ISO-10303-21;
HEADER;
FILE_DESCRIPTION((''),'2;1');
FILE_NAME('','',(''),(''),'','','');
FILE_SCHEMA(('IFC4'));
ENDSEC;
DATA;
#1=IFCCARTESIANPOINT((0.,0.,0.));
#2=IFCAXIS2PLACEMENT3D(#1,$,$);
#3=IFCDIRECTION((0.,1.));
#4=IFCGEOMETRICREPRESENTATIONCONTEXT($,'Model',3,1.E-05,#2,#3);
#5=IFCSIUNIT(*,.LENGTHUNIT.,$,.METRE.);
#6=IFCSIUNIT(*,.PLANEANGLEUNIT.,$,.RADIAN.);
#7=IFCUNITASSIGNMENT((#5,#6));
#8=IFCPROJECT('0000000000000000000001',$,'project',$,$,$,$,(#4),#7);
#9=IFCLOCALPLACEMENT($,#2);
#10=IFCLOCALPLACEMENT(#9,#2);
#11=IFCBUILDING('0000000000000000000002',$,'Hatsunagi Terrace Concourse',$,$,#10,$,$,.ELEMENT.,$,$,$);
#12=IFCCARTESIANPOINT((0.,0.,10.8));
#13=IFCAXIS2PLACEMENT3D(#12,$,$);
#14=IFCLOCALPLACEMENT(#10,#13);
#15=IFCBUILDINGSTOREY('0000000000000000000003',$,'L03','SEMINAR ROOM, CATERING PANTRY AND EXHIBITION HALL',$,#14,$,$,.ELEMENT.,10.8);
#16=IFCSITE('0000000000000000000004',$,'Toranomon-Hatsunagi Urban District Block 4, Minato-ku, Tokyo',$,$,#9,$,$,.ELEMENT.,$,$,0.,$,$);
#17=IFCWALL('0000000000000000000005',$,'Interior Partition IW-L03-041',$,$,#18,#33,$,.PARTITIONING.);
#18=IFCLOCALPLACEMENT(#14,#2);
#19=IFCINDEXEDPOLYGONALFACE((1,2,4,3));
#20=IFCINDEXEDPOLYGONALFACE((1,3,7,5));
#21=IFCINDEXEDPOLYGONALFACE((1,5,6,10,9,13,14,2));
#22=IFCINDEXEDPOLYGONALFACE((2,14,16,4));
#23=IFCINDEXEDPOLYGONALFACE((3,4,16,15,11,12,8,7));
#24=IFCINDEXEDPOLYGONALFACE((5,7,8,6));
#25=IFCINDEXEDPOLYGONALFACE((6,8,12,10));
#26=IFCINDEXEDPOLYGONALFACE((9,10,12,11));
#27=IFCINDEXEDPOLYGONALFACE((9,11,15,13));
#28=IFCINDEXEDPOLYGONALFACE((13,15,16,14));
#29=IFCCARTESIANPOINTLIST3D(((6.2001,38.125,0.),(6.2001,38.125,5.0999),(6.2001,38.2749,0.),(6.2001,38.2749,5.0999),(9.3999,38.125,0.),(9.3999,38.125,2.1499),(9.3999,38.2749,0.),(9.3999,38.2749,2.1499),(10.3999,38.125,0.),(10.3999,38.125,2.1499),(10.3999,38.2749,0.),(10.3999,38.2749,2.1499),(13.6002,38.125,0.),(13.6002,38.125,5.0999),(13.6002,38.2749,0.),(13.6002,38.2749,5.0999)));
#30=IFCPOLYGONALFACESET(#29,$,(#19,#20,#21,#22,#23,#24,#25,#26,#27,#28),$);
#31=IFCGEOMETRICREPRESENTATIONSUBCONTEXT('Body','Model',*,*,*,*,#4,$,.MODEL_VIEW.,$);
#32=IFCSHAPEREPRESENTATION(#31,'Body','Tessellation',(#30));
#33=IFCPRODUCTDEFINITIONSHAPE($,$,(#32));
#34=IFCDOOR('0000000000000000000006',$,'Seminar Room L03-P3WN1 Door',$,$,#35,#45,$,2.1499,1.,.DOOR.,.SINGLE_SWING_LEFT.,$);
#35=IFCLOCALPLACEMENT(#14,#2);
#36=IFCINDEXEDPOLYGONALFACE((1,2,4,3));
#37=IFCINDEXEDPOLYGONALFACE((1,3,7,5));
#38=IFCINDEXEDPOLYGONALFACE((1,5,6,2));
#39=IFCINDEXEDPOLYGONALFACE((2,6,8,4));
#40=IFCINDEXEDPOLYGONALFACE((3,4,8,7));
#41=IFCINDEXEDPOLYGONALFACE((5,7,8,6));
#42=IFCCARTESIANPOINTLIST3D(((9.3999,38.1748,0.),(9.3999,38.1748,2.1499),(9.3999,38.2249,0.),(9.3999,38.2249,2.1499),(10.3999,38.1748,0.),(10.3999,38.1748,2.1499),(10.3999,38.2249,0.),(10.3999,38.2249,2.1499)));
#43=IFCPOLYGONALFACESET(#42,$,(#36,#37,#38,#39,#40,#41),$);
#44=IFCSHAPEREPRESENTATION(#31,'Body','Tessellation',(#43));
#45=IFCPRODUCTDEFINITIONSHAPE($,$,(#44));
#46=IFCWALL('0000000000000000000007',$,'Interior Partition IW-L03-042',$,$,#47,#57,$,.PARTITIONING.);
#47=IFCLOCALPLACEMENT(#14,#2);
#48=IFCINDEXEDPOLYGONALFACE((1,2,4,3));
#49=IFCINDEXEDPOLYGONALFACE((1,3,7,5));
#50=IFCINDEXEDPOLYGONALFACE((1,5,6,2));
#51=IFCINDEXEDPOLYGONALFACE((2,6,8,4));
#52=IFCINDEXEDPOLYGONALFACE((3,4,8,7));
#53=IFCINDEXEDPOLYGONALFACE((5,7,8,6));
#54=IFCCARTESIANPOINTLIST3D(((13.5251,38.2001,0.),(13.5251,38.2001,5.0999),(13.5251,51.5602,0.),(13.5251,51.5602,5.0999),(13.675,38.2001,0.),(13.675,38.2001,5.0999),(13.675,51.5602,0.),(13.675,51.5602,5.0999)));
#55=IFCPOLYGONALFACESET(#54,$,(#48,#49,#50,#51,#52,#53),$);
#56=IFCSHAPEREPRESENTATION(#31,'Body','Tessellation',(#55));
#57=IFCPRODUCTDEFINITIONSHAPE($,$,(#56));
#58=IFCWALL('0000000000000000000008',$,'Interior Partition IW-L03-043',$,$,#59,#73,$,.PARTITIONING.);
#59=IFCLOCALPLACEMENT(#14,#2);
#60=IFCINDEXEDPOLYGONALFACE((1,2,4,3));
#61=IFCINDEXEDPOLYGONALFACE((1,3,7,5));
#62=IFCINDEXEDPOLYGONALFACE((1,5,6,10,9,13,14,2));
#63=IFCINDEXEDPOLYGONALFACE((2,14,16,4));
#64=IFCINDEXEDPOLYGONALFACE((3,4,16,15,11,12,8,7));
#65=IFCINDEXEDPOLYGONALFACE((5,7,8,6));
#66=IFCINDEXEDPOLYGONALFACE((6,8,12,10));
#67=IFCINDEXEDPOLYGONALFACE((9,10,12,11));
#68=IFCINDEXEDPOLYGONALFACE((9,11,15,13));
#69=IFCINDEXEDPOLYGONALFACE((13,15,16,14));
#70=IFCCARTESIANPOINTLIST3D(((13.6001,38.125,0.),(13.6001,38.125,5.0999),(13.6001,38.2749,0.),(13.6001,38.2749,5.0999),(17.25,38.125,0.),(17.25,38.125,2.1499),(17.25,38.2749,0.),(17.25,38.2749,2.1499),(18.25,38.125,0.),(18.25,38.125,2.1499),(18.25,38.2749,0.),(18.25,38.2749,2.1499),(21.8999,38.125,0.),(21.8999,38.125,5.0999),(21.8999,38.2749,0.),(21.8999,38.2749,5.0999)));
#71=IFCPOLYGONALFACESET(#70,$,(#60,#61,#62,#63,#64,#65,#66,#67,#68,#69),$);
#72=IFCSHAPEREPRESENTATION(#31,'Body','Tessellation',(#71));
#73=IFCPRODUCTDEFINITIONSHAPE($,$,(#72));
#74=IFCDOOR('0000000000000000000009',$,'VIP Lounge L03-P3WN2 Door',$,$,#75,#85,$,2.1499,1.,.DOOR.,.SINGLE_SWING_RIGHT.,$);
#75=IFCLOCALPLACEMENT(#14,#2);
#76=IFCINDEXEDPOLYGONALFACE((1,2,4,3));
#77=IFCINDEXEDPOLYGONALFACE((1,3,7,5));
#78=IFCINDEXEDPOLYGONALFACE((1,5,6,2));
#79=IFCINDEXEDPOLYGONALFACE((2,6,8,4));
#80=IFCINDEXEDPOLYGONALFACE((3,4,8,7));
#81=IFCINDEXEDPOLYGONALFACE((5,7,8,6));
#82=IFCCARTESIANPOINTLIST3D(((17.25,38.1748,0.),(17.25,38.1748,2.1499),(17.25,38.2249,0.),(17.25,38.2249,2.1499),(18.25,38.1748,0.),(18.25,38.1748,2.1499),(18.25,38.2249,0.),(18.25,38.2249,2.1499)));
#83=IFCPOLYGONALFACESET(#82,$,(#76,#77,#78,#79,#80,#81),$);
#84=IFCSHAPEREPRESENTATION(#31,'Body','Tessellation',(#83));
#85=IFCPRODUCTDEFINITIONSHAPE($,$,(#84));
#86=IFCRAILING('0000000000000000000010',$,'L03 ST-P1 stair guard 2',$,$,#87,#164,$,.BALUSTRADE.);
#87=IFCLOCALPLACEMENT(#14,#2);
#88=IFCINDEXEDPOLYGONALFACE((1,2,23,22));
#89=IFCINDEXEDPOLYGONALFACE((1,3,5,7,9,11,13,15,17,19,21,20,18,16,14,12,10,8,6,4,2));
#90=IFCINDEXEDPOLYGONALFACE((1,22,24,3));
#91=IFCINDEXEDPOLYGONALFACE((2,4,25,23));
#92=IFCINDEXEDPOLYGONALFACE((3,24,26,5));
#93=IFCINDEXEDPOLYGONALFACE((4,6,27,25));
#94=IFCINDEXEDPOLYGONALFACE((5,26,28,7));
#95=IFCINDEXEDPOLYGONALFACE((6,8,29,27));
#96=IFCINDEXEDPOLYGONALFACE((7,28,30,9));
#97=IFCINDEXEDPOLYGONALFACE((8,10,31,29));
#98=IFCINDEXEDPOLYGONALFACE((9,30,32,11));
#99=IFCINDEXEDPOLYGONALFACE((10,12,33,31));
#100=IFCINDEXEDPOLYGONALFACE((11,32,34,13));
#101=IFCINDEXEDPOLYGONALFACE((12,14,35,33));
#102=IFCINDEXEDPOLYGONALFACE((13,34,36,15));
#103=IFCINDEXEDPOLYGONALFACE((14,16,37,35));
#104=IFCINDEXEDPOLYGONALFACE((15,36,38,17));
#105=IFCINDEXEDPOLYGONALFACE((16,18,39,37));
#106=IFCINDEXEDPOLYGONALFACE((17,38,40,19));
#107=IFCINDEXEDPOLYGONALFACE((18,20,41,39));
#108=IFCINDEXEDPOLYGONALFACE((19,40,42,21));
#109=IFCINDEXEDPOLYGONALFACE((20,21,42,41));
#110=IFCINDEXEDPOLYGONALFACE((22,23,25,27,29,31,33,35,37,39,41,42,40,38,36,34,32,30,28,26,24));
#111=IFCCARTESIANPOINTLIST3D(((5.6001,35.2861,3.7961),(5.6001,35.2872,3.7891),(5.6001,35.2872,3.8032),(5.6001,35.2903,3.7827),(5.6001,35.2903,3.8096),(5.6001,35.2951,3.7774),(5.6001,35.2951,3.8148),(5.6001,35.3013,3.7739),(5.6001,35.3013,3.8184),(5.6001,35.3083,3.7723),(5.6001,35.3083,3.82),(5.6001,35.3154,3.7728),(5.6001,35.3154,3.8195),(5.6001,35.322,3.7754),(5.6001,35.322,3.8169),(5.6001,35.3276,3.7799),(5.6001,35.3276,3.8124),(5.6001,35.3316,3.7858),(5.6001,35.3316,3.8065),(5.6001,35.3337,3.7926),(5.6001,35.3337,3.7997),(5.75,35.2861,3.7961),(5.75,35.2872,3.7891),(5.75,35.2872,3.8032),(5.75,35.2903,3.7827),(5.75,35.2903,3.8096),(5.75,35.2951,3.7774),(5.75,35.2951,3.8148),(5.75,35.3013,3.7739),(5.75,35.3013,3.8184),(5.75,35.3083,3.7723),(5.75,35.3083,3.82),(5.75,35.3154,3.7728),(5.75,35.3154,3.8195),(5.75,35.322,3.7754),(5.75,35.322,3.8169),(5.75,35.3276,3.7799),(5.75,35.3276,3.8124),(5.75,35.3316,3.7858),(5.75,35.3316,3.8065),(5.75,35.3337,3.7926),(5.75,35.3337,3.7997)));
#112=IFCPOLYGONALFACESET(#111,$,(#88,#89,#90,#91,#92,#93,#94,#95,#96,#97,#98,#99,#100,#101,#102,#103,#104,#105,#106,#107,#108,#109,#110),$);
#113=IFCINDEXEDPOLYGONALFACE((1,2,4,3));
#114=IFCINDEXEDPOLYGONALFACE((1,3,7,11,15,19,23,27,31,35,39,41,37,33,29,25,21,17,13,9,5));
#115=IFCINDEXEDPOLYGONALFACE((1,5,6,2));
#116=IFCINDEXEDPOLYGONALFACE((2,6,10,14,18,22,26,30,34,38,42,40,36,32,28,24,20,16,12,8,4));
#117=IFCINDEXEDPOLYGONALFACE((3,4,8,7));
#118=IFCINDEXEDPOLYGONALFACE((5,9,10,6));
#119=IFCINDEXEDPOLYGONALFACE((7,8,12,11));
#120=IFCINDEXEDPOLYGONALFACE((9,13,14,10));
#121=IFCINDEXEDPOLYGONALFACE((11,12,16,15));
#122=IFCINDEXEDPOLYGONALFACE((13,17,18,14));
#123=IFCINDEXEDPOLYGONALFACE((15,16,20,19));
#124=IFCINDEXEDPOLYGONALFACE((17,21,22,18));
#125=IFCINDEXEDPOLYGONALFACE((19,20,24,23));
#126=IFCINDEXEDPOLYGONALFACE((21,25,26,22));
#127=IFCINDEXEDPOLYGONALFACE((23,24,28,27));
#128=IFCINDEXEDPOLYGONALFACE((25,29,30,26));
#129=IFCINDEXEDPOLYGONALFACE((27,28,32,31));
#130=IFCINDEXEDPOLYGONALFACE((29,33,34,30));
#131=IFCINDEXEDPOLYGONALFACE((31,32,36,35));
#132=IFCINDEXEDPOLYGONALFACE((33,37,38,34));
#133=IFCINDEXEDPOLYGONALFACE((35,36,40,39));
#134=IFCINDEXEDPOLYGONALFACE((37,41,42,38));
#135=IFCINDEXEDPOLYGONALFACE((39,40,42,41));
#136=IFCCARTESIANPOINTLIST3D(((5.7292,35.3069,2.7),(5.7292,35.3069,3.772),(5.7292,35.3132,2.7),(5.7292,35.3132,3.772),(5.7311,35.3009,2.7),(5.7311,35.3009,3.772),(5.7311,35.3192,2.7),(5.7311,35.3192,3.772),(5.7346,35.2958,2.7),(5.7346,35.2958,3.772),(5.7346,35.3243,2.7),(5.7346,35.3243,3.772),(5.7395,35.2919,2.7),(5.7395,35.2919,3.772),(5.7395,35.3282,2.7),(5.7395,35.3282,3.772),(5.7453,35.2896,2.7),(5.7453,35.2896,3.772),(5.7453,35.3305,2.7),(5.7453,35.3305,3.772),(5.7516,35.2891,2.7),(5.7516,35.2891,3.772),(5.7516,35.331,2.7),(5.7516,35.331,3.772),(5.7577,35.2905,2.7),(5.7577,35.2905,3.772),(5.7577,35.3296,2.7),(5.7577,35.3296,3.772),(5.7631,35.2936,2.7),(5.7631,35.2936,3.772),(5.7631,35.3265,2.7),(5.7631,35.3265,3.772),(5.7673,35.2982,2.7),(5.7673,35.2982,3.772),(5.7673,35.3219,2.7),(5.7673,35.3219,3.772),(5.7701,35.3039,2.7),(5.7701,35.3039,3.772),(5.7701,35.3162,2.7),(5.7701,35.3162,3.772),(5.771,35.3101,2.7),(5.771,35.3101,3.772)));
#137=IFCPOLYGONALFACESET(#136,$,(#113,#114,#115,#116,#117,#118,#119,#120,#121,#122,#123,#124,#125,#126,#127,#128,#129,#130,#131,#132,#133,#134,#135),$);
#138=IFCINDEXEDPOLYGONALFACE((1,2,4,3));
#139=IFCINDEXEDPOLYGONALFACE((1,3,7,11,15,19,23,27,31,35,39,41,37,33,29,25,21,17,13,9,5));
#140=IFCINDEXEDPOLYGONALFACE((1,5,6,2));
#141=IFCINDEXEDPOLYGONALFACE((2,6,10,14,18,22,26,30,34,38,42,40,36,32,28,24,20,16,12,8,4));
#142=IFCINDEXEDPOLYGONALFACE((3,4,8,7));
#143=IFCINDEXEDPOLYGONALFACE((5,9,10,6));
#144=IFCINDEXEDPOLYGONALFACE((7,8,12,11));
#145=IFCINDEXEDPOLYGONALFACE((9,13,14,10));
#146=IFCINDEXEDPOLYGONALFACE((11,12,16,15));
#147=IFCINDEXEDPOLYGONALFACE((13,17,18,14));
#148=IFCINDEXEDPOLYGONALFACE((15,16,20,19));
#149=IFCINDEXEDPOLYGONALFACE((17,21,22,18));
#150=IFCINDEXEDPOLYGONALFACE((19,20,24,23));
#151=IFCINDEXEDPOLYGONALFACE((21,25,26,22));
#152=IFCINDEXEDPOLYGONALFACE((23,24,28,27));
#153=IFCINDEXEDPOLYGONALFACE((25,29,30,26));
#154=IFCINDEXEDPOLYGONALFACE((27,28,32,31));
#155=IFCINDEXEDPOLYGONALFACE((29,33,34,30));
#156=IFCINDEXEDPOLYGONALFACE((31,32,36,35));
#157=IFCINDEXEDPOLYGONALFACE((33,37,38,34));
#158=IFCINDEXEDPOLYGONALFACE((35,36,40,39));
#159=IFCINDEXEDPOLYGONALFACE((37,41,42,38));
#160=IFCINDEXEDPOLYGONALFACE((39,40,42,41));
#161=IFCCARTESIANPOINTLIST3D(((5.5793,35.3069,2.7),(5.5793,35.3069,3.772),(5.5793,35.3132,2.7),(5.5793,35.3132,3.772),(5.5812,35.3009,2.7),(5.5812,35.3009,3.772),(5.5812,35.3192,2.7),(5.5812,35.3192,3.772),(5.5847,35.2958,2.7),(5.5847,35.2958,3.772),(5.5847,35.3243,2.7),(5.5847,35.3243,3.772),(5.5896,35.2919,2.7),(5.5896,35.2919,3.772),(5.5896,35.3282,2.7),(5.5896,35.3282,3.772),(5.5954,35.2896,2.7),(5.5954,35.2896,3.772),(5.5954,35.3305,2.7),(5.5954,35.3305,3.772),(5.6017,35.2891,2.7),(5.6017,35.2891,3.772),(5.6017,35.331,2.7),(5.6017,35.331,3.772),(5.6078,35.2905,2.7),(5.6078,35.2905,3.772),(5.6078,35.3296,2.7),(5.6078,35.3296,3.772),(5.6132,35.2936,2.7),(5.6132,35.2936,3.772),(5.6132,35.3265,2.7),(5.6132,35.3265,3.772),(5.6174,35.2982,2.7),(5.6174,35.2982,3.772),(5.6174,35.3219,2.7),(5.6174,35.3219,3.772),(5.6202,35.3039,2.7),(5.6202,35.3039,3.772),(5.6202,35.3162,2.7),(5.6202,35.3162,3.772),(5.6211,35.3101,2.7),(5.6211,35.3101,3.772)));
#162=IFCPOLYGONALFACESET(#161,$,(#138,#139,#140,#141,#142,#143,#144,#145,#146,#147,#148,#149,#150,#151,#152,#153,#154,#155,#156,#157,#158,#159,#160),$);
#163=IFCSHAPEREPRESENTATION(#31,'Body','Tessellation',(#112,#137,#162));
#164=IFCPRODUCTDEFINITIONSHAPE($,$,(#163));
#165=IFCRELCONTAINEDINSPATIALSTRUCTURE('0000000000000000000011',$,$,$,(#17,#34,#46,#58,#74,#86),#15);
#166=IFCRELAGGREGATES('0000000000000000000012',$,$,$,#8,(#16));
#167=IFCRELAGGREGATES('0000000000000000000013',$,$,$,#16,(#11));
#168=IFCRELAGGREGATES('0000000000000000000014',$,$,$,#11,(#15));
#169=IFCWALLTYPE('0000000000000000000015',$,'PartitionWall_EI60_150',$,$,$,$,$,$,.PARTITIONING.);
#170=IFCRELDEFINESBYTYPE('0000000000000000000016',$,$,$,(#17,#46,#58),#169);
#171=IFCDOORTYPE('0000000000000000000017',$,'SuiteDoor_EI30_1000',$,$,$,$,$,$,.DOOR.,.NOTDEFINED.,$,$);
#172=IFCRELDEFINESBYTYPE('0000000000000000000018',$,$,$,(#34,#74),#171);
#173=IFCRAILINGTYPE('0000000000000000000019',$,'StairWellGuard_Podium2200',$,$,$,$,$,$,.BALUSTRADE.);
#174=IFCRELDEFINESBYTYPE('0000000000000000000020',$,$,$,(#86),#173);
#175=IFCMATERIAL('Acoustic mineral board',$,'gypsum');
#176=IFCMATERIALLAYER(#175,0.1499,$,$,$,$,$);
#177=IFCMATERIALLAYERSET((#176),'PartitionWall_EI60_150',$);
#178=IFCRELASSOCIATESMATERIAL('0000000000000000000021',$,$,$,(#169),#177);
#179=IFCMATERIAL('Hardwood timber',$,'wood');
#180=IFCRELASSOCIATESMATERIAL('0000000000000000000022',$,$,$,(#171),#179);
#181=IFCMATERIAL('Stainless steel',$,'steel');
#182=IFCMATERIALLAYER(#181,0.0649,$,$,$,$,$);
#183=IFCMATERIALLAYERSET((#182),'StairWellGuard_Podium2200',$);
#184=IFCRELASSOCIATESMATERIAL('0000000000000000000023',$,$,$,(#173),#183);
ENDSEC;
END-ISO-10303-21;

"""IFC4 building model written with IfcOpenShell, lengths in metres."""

from ifc_helpers import new_model, si_unit, direction, frame, frame_2d, origin, origin_2d, place, context, subcontext, project, spatial, rectangle, circle, extrude, material, layer, layer_set, type_object, element, fill, save


model = new_model("IFC4")

# Units and contexts
model_context = context("Model", 3, precision=1e-05, world=origin(), true_north=direction((0.0, 1.0)))
body_context = subcontext(model_context, "Body", "Model", "MODEL_VIEW")
ifc_project = project(units=[si_unit("LENGTHUNIT", "METRE"), si_unit("PLANEANGLEUNIT", "RADIAN")], contexts=[model_context])

# Site, building, storey
site_placement = place(None, origin())
site = spatial("IfcSite", under=ifc_project, at=site_placement, Name="Toranomon-Hatsunagi Urban District Block 4, Minato-ku, Tokyo", CompositionType="ELEMENT", RefElevation=0.0)
building_placement = place(site_placement, origin())
building = spatial("IfcBuilding", under=site, at=building_placement, Name="Hatsunagi Terrace Concourse", CompositionType="ELEMENT")
storey_placement = place(building_placement, frame((0.0, 0.0, 10.8)))
storey = spatial("IfcBuildingStorey", under=building, at=storey_placement, Name="L03", Description="SEMINAR ROOM, CATERING PANTRY AND EXHIBITION HALL", CompositionType="ELEMENT", Elevation=10.8)

# Shared definitions
ifc_material_1 = material(Name="Acoustic mineral board", Category="gypsum")
ifc_layer_1 = layer(ifc_material_1, 0.1499)
ifc_layer_set_1 = layer_set([ifc_layer_1], Name="PartitionWall_EI60_150")
wall_type_1 = type_object("IfcWallType", Name="PartitionWall_EI60_150", PredefinedType="PARTITIONING", material=ifc_layer_set_1)
ifc_material_2 = material(Name="Hardwood timber", Category="wood")
door_type = type_object("IfcDoorType", Name="SuiteDoor_EI30_1000", OperationType="NOTDEFINED", PredefinedType="DOOR", material=ifc_material_2)

# Wall, opening, door
wall_1_placement = place(storey_placement, frame((6.2, 38.2, 0.0), z_axis=(0.0, 0.0, 1.0), x_axis=(1.0, 0.0, 0.0)))
wall_1 = element("IfcWall", 1, at=wall_1_placement, inside=storey, type_object=wall_type_1, Name="Interior Partition IW-L03-041", PredefinedType="PARTITIONING", context=body_context, shape_type="SweptSolid", body=[
    extrude(rectangle(XDim=7.4001, YDim=0.1499, at=frame_2d((3.7002, 0.0))), origin(), (0.0, 0.0, 1.0), 5.0999),
])
opening_1_placement = place(wall_1_placement, frame((3.2, 0.0, 0.0)))
opening_1 = element("IfcOpeningElement", 2, at=opening_1_placement, cuts=wall_1, PredefinedType="OPENING", context=body_context, shape_type="SweptSolid", body=[
    extrude(rectangle(XDim=1.0, YDim=2.1499, at=frame_2d((0.5, 1.075))), frame((0.0, 0.085, 0.0), z_axis=(0.0, -1.0, 0.0), x_axis=(1.0, 0.0, 0.0)), (0.0, 0.0, 1.0), 0.1699),
])
door_1_placement = place(opening_1_placement, origin())
door_1 = element("IfcDoor", 3, at=door_1_placement, inside=storey, type_object=door_type, Name="Seminar Room L03-P3WN1 Door", OperationType="SINGLE_SWING_LEFT", OverallHeight=2.1499, OverallWidth=1.0, PredefinedType="DOOR", context=body_context, shape_type="SweptSolid", body=[
    extrude(rectangle(XDim=1.0, YDim=2.1499, at=frame_2d((0.5, 1.075))), frame((0.0, 0.0249, 0.0), z_axis=(0.0, -1.0, 0.0), x_axis=(1.0, 0.0, 0.0)), (0.0, 0.0, 1.0), 0.05),
])
fill(opening_1, door_1)

# Wall
wall_2_placement = place(storey_placement, frame((13.6001, 38.2, 0.0), z_axis=(0.0, 0.0, 1.0), x_axis=(0.0, 1.0, 0.0)))
element("IfcWall", 4, at=wall_2_placement, inside=storey, type_object=wall_type_1, Name="Interior Partition IW-L03-042", PredefinedType="PARTITIONING", context=body_context, shape_type="SweptSolid", body=[
    extrude(rectangle(XDim=13.3601, YDim=0.1499, at=frame_2d((6.6802, 0.0))), origin(), (0.0, 0.0, 1.0), 5.0999),
])

# Wall, opening, door
wall_3_placement = place(storey_placement, frame((13.6001, 38.2, 0.0), z_axis=(0.0, 0.0, 1.0), x_axis=(1.0, 0.0, 0.0)))
wall_3 = element("IfcWall", 5, at=wall_3_placement, inside=storey, type_object=wall_type_1, Name="Interior Partition IW-L03-043", PredefinedType="PARTITIONING", context=body_context, shape_type="SweptSolid", body=[
    extrude(rectangle(XDim=8.2998, YDim=0.1499, at=frame_2d((4.1499, 0.0))), origin(), (0.0, 0.0, 1.0), 5.0999),
])
opening_2_placement = place(wall_3_placement, frame((3.6499, 0.0, 0.0)))
opening_2 = element("IfcOpeningElement", 6, at=opening_2_placement, cuts=wall_3, PredefinedType="OPENING", context=body_context, shape_type="SweptSolid", body=[
    extrude(rectangle(XDim=1.0, YDim=2.1499, at=frame_2d((0.5, 1.075))), frame((0.0, 0.085, 0.0), z_axis=(0.0, -1.0, 0.0), x_axis=(1.0, 0.0, 0.0)), (0.0, 0.0, 1.0), 0.1699),
])
door_2_placement = place(opening_2_placement, origin())
door_2 = element("IfcDoor", 7, at=door_2_placement, inside=storey, type_object=door_type, Name="VIP Lounge L03-P3WN2 Door", OperationType="SINGLE_SWING_RIGHT", OverallHeight=2.1499, OverallWidth=1.0, PredefinedType="DOOR", context=body_context, shape_type="SweptSolid", body=[
    extrude(rectangle(XDim=1.0, YDim=2.1499, at=frame_2d((0.5, 1.075))), frame((0.0, 0.0249, 0.0), z_axis=(0.0, -1.0, 0.0), x_axis=(1.0, 0.0, 0.0)), (0.0, 0.0, 1.0), 0.05),
])
fill(opening_2, door_2)

# Railing
ifc_material_3 = material(Name="Stainless steel", Category="steel")
ifc_layer_2 = layer(ifc_material_3, 0.0649)
ifc_layer_set_2 = layer_set([ifc_layer_2], Name="StairWellGuard_Podium2200")
railing_type = type_object("IfcRailingType", Name="StairWellGuard_Podium2200", PredefinedType="BALUSTRADE", material=ifc_layer_set_2)
railing_placement = place(storey_placement, frame((5.75, 35.3101, 2.7)))
element("IfcRailing", 8, at=railing_placement, inside=storey, type_object=railing_type, Name="L03 ST-P1 stair guard 2", PredefinedType="BALUSTRADE", context=body_context, shape_type="SweptSolid", body=[
    extrude(circle(Radius=0.0239, at=origin_2d()), frame((0.0, 0.0, 1.0962), z_axis=(-1.0, 0.0, 0.0), x_axis=(0.0, -1.0, 0.0)), (0.0, 0.0, 1.0), 0.1499),
    extrude(circle(Radius=0.021, at=origin_2d()), origin(), (0.0, 0.0, 1.0), 1.072),
    extrude(circle(Radius=0.021, at=origin_2d()), frame((-0.1499, 0.0, 0.0)), (0.0, 0.0, 1.0), 1.072),
])

save(model, "model.ifc")
